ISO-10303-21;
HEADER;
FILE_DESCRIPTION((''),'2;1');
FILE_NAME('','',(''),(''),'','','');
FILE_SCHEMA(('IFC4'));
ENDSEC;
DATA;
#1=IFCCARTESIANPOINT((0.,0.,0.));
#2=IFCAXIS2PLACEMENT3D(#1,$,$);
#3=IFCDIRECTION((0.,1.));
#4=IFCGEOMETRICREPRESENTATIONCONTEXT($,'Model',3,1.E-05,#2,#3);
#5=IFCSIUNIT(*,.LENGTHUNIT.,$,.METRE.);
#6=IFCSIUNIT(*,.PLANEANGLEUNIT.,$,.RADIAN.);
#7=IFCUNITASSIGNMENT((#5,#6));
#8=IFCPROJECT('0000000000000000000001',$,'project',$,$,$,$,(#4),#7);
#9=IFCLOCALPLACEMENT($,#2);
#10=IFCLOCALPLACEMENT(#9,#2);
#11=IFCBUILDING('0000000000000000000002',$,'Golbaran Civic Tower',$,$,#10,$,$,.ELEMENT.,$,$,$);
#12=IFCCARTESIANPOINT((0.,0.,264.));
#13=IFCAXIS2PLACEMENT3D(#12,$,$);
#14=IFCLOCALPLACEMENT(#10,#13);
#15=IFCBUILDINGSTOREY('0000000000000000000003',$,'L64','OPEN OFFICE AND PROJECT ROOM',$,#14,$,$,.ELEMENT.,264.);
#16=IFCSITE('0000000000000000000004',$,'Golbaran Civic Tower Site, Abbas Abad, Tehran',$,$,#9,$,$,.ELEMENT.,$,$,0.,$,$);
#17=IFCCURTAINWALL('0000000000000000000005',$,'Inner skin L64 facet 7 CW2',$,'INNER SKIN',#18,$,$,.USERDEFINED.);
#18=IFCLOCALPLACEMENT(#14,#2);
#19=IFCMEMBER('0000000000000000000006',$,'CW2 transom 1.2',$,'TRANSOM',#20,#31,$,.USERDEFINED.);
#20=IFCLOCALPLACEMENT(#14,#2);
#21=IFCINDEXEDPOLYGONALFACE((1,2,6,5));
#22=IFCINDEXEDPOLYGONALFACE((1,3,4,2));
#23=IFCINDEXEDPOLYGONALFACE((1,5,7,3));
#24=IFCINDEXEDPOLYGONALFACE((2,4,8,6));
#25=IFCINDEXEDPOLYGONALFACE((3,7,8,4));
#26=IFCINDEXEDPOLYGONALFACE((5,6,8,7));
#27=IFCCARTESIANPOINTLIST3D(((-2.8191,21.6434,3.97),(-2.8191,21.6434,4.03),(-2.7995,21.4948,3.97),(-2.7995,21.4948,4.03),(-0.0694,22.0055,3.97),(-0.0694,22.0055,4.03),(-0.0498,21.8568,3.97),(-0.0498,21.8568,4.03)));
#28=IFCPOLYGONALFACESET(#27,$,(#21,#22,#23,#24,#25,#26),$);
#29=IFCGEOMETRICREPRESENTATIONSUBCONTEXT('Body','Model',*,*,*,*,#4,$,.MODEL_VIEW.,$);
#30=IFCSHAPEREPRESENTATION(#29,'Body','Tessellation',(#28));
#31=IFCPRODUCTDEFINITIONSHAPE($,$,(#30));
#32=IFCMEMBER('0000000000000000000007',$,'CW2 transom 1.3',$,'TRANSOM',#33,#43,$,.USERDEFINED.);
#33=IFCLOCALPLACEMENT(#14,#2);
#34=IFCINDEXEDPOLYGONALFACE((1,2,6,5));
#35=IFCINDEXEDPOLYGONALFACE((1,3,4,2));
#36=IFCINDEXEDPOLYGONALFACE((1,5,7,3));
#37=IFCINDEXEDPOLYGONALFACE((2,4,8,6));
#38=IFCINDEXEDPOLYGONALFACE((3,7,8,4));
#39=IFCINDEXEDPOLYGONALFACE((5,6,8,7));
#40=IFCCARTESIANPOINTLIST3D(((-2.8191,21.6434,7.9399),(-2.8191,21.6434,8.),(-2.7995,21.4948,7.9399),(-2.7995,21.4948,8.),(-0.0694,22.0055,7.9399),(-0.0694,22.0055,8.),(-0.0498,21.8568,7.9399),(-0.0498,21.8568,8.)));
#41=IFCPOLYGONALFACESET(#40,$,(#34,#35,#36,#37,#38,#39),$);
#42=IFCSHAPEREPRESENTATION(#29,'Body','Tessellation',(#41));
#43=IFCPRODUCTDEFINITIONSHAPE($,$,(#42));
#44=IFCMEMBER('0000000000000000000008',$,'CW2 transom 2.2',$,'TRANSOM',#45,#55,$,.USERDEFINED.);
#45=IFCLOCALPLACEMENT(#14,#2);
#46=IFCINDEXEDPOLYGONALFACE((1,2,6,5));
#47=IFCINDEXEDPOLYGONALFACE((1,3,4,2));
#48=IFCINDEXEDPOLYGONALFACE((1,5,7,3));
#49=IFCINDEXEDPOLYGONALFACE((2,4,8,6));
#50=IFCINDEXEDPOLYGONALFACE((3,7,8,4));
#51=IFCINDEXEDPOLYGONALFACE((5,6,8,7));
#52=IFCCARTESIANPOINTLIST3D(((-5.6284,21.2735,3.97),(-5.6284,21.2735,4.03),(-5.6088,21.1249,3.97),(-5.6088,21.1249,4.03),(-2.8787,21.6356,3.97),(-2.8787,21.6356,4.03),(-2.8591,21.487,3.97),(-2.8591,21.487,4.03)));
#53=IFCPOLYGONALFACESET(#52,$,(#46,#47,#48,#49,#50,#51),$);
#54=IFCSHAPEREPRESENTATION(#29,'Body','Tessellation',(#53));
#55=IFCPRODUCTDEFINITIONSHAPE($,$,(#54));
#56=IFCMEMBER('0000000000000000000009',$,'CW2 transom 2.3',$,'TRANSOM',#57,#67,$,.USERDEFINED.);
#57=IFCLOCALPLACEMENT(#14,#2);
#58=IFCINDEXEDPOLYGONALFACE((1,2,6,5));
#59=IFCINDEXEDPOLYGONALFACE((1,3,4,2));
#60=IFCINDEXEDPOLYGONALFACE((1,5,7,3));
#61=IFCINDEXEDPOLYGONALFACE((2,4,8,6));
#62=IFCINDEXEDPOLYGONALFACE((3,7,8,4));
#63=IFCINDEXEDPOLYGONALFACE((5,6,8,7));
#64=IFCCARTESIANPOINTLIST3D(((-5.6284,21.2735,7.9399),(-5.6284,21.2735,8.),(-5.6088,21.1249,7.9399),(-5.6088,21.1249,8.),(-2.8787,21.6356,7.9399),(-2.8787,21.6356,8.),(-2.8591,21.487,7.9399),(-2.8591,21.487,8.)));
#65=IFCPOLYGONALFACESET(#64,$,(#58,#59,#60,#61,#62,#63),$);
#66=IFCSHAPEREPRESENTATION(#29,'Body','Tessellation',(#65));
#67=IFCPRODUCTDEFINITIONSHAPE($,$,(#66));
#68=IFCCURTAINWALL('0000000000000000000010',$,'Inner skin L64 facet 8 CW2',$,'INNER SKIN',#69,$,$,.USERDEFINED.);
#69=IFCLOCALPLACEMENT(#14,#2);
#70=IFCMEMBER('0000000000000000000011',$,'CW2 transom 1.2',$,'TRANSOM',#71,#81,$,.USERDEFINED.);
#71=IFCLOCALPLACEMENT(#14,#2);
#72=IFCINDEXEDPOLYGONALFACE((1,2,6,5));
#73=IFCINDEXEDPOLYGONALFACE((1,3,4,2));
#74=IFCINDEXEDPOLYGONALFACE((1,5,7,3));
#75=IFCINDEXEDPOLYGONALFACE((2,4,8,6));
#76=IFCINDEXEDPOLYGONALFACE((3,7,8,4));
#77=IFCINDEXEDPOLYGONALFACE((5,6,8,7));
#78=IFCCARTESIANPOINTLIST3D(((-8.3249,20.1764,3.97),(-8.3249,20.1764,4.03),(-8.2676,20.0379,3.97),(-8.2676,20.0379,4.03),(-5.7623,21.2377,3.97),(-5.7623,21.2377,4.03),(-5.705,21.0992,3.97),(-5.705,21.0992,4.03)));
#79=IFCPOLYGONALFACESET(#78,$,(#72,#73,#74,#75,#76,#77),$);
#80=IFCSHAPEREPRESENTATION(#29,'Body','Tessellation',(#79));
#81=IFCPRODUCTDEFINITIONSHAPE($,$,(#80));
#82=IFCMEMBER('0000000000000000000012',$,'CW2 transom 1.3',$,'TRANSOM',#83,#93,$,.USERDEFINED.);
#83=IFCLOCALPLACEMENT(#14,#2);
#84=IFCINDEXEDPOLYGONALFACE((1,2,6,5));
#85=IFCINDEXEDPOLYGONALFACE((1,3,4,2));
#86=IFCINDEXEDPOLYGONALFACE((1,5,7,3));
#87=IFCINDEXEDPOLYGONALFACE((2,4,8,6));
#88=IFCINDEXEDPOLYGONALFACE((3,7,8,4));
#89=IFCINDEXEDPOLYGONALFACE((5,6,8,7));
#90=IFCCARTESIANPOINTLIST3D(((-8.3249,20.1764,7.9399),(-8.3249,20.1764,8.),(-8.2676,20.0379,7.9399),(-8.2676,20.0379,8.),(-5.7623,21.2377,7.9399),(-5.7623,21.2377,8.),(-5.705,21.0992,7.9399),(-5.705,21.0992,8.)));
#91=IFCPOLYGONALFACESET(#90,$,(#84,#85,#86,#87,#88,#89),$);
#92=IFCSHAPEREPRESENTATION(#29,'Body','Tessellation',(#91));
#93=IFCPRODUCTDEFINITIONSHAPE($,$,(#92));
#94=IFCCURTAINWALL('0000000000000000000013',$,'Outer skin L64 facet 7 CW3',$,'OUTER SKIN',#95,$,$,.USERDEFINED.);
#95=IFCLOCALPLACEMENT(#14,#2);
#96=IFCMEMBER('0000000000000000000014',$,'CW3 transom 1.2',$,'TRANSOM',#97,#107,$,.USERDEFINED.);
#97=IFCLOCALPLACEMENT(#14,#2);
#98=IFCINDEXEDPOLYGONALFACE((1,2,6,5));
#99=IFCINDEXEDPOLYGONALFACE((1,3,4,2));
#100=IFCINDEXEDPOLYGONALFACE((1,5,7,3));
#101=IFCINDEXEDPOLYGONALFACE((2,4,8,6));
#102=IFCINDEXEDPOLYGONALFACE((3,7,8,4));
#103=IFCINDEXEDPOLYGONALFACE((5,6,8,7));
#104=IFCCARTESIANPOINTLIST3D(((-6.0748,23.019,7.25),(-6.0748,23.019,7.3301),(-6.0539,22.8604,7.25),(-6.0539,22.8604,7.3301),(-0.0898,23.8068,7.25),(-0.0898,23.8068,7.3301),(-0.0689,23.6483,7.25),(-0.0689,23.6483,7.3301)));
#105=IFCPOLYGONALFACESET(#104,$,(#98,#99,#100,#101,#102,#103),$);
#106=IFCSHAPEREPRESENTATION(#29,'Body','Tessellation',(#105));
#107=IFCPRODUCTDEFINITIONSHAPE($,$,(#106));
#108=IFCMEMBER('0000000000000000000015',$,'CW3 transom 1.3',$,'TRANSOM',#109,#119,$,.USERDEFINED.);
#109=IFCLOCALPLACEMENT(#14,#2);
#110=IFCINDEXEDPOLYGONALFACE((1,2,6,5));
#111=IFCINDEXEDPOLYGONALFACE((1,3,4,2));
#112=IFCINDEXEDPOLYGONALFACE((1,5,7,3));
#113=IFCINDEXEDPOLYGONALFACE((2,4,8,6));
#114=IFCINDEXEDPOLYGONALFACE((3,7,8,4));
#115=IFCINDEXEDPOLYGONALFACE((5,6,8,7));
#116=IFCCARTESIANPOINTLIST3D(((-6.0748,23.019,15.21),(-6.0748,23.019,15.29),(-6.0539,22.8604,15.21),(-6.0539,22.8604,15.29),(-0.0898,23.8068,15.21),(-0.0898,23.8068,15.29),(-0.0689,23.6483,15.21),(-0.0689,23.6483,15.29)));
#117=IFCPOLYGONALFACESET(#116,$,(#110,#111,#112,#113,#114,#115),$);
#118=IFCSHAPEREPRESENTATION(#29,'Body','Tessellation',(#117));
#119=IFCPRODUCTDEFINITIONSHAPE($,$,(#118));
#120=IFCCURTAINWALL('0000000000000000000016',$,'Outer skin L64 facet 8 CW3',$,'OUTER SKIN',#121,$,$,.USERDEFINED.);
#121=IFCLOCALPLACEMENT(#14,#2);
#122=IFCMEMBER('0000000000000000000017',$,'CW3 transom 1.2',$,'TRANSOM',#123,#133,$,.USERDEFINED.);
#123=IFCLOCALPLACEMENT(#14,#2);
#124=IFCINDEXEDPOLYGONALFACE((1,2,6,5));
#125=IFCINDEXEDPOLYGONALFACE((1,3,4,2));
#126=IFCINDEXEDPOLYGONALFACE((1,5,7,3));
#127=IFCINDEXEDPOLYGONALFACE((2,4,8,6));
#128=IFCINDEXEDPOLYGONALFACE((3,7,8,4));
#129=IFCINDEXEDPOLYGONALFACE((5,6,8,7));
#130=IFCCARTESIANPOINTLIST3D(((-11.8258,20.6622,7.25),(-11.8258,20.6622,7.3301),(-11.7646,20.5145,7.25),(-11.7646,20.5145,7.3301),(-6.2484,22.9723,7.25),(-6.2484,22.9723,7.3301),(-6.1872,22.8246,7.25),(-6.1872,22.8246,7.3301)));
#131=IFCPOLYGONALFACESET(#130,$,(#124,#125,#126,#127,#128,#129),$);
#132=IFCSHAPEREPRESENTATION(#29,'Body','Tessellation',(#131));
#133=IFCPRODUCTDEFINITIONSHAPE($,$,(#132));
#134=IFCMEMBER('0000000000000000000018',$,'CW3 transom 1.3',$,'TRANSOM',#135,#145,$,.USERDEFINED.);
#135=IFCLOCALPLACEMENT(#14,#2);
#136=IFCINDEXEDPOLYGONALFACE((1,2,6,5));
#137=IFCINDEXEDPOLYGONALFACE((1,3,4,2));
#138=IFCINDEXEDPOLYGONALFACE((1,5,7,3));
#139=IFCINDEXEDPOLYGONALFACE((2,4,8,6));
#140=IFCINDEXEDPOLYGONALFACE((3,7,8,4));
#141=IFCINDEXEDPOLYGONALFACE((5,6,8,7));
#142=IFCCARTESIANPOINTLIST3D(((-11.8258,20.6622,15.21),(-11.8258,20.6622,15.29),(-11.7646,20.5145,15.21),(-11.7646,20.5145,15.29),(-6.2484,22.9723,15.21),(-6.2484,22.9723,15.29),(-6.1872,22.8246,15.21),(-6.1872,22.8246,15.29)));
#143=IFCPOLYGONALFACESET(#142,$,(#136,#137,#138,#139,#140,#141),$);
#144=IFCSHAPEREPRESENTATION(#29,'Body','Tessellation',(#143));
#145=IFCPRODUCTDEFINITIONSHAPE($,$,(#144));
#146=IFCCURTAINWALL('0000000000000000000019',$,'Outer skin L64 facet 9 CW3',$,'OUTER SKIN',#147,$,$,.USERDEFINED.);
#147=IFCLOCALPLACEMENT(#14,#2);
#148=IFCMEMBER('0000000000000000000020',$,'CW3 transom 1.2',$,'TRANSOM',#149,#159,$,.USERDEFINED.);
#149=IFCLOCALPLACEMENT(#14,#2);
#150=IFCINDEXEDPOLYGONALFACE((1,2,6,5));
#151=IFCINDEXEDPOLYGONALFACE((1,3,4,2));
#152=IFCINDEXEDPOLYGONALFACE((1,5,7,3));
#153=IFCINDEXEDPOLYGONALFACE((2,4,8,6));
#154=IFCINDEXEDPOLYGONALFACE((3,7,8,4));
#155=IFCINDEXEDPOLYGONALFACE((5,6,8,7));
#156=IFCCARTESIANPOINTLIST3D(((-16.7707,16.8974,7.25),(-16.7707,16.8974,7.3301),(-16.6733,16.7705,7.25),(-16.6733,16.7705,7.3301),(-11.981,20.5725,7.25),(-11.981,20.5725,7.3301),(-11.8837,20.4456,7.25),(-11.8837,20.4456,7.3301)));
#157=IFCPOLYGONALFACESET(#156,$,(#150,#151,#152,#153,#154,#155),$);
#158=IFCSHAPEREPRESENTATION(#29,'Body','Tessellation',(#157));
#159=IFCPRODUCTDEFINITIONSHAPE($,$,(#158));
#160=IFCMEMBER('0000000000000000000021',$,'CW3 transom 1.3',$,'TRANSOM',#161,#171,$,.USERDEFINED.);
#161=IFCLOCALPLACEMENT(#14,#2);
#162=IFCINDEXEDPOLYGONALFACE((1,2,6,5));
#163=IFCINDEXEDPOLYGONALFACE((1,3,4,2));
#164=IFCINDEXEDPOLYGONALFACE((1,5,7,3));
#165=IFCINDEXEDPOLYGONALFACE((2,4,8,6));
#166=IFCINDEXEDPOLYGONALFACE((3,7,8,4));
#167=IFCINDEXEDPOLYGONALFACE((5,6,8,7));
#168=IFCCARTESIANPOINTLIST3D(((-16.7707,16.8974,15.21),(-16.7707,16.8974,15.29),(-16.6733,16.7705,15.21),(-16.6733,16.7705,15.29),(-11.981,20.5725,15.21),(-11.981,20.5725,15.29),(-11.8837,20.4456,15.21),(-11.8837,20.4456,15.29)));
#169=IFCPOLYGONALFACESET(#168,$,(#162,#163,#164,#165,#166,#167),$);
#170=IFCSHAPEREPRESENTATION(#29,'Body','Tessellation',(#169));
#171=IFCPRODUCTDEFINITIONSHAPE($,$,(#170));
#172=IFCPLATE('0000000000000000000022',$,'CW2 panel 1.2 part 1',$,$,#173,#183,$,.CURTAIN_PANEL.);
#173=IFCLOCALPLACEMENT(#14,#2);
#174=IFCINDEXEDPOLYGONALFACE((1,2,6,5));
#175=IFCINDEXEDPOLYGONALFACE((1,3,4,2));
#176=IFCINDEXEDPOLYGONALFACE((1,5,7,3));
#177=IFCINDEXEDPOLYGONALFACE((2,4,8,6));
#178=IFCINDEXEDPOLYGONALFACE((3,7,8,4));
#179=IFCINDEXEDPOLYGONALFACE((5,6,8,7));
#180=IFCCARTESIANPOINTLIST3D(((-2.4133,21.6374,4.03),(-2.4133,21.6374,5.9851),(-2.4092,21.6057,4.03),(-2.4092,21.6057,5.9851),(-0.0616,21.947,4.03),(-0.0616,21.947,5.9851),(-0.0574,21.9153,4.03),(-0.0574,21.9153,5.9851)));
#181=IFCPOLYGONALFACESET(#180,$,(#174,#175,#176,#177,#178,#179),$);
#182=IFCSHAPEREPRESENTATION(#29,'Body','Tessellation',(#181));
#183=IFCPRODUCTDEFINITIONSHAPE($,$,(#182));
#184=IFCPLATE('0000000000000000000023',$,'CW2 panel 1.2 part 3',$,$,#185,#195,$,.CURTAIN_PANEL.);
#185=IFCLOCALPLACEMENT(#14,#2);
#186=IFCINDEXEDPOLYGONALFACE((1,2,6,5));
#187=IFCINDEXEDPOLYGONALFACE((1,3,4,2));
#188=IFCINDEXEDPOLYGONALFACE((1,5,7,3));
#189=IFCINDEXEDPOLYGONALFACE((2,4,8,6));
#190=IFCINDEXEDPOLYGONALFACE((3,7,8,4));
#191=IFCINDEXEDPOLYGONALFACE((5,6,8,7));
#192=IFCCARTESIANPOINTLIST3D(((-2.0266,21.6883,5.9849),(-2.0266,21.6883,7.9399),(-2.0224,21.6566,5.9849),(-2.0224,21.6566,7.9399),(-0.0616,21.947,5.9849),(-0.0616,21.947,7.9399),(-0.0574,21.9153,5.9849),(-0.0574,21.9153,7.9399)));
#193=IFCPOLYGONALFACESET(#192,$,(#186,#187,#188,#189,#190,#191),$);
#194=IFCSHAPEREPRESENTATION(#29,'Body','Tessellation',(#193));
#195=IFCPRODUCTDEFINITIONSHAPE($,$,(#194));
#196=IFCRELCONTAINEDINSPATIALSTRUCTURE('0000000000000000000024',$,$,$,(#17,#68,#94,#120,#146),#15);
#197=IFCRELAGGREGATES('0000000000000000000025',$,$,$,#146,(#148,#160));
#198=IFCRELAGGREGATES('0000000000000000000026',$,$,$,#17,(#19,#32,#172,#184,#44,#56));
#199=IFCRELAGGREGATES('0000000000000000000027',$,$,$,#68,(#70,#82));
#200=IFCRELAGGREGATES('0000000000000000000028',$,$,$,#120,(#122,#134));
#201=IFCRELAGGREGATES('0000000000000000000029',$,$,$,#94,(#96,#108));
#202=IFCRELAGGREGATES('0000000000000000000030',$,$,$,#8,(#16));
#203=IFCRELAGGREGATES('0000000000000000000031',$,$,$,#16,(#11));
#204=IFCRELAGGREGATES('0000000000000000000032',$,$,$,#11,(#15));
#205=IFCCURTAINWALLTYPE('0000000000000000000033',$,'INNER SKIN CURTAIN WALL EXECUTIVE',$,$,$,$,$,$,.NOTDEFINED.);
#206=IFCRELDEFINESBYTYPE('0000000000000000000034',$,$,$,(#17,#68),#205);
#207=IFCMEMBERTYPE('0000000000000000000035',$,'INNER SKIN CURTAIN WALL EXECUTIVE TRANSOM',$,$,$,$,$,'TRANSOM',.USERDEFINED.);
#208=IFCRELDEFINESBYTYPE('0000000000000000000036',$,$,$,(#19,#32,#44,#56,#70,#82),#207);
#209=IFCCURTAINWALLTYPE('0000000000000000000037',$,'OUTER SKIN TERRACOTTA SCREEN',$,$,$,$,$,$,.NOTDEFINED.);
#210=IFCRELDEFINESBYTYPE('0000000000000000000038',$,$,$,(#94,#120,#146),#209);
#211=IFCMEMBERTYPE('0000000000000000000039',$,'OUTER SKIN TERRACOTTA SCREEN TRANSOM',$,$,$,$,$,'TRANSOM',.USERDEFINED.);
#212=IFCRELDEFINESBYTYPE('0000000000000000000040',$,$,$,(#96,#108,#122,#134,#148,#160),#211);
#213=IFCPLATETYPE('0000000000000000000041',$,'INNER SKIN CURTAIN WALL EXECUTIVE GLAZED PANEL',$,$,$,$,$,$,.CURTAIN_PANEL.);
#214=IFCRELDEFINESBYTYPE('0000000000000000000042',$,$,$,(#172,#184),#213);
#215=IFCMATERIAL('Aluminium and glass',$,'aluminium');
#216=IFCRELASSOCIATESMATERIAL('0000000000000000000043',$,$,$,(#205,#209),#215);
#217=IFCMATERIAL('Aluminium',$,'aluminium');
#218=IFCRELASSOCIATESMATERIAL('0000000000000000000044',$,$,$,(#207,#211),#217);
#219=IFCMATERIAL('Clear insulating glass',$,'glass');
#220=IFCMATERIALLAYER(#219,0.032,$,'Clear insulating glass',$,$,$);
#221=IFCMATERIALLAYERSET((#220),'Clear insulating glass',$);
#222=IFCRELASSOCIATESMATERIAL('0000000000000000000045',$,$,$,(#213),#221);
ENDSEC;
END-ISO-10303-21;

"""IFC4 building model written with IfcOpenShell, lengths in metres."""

from ifc_helpers import new_model, si_unit, direction, frame, origin, origin_2d, place, context, subcontext, project, spatial, rectangle, extrude, material, layer, layer_set, material_profile, profile_set, type_object, element, aggregate, save


model = new_model("IFC4")

# Units and contexts
model_context = context("Model", 3, precision=1e-05, world=origin(), true_north=direction((0.0, 1.0)))
body_context = subcontext(model_context, "Body", "Model", "MODEL_VIEW")
ifc_project = project(units=[si_unit("LENGTHUNIT", "METRE"), si_unit("PLANEANGLEUNIT", "RADIAN")], contexts=[model_context])

# Site, building, storey
site_placement = place(None, origin())
site = spatial("IfcSite", under=ifc_project, at=site_placement, Name="Golbaran Civic Tower Site, Abbas Abad, Tehran", CompositionType="ELEMENT", RefElevation=0.0)
building_placement = place(site_placement, origin())
building = spatial("IfcBuilding", under=site, at=building_placement, Name="Golbaran Civic Tower", CompositionType="ELEMENT")
storey_placement = place(building_placement, frame((0.0, 0.0, 264.0)))
storey = spatial("IfcBuildingStorey", under=building, at=storey_placement, Name="L64", Description="OPEN OFFICE AND PROJECT ROOM", CompositionType="ELEMENT", Elevation=264.0)

# Curtain walls, members
ifc_material_1 = material(Name="Aluminium and glass", Category="aluminium")
curtain_wall_type_1 = type_object("IfcCurtainWallType", Name="INNER SKIN CURTAIN WALL EXECUTIVE", PredefinedType="NOTDEFINED", material=ifc_material_1)
curtain_wall_1_placement = place(storey_placement, origin())
curtain_wall_1 = element("IfcCurtainWall", 1, at=curtain_wall_1_placement, inside=storey, type_object=curtain_wall_type_1, Name="Inner skin L64 facet 7 CW2", ObjectType="INNER SKIN", PredefinedType="USERDEFINED")
ifc_material_2 = material(Name="Aluminium", Category="aluminium")
ifc_material_profile_1 = material_profile(ifc_material_2, rectangle(XDim=0.1499, YDim=0.0601, at=origin_2d()), Name="INNER SKIN CURTAIN WALL EXECUTIVE TRANSOM")
ifc_profile_set_1 = profile_set([ifc_material_profile_1], Name="Aluminium")
member_type_1 = type_object("IfcMemberType", Name="INNER SKIN CURTAIN WALL EXECUTIVE TRANSOM", ElementType="TRANSOM", PredefinedType="USERDEFINED", material=ifc_profile_set_1)
member_1_placement = place(storey_placement, frame((-0.0596, 21.9312, 4.0), z_axis=(-0.991443, -0.130543, 0.0), x_axis=(0.130543, -0.991443, 0.0)))
member_1 = element("IfcMember", 2, at=member_1_placement, type_object=member_type_1, Name="CW2 transom 1.2", ObjectType="TRANSOM", PredefinedType="USERDEFINED", context=body_context, shape_type="SweptSolid", body=[
    extrude(rectangle(XDim=0.1499, YDim=0.0601, at=origin_2d()), origin(), (0.0, 0.0, 1.0), 2.7734),
])
member_2_placement = place(storey_placement, frame((-0.0596, 21.9312, 7.97), z_axis=(-0.991443, -0.130543, 0.0), x_axis=(0.130543, -0.991443, 0.0)))
member_2 = element("IfcMember", 3, at=member_2_placement, type_object=member_type_1, Name="CW2 transom 1.3", ObjectType="TRANSOM", PredefinedType="USERDEFINED", context=body_context, shape_type="SweptSolid", body=[
    extrude(rectangle(XDim=0.1499, YDim=0.0601, at=origin_2d()), origin(), (0.0, 0.0, 1.0), 2.7734),
])
member_3_placement = place(storey_placement, frame((-2.8689, 21.5613, 4.0), z_axis=(-0.991443, -0.130543, 0.0), x_axis=(0.130543, -0.991443, 0.0)))
member_3 = element("IfcMember", 4, at=member_3_placement, type_object=member_type_1, Name="CW2 transom 2.2", ObjectType="TRANSOM", PredefinedType="USERDEFINED", context=body_context, shape_type="SweptSolid", body=[
    extrude(rectangle(XDim=0.1499, YDim=0.0601, at=origin_2d()), origin(), (0.0, 0.0, 1.0), 2.7734),
])
member_4_placement = place(storey_placement, frame((-2.8689, 21.5613, 7.97), z_axis=(-0.991443, -0.130543, 0.0), x_axis=(0.130543, -0.991443, 0.0)))
member_4 = element("IfcMember", 5, at=member_4_placement, type_object=member_type_1, Name="CW2 transom 2.3", ObjectType="TRANSOM", PredefinedType="USERDEFINED", context=body_context, shape_type="SweptSolid", body=[
    extrude(rectangle(XDim=0.1499, YDim=0.0601, at=origin_2d()), origin(), (0.0, 0.0, 1.0), 2.7734),
])
curtain_wall_2_placement = place(storey_placement, origin())
curtain_wall_2 = element("IfcCurtainWall", 6, at=curtain_wall_2_placement, inside=storey, type_object=curtain_wall_type_1, Name="Inner skin L64 facet 8 CW2", ObjectType="INNER SKIN", PredefinedType="USERDEFINED")
member_5_placement = place(storey_placement, frame((-5.7336, 21.1685, 4.0), z_axis=(-0.923898, -0.382639, 0.0), x_axis=(0.382639, -0.923898, 0.0)))
member_5 = element("IfcMember", 7, at=member_5_placement, type_object=member_type_1, Name="CW2 transom 1.2", ObjectType="TRANSOM", PredefinedType="USERDEFINED", context=body_context, shape_type="SweptSolid", body=[
    extrude(rectangle(XDim=0.1499, YDim=0.0601, at=origin_2d()), origin(), (0.0, 0.0, 1.0), 2.7737),
])
member_6_placement = place(storey_placement, frame((-5.7336, 21.1685, 7.97), z_axis=(-0.923898, -0.382639, 0.0), x_axis=(0.382639, -0.923898, 0.0)))
member_6 = element("IfcMember", 8, at=member_6_placement, type_object=member_type_1, Name="CW2 transom 1.3", ObjectType="TRANSOM", PredefinedType="USERDEFINED", context=body_context, shape_type="SweptSolid", body=[
    extrude(rectangle(XDim=0.1499, YDim=0.0601, at=origin_2d()), origin(), (0.0, 0.0, 1.0), 2.7737),
])
curtain_wall_type_2 = type_object("IfcCurtainWallType", Name="OUTER SKIN TERRACOTTA SCREEN", PredefinedType="NOTDEFINED", material=ifc_material_1)
curtain_wall_3_placement = place(storey_placement, origin())
curtain_wall_3 = element("IfcCurtainWall", 9, at=curtain_wall_3_placement, inside=storey, type_object=curtain_wall_type_2, Name="Outer skin L64 facet 7 CW3", ObjectType="OUTER SKIN", PredefinedType="USERDEFINED")
ifc_material_profile_2 = material_profile(ifc_material_2, rectangle(XDim=0.1599, YDim=0.0801, at=origin_2d()), Name="OUTER SKIN TERRACOTTA SCREEN TRANSOM")
ifc_profile_set_2 = profile_set([ifc_material_profile_2], Name="Aluminium")
member_type_2 = type_object("IfcMemberType", Name="OUTER SKIN TERRACOTTA SCREEN TRANSOM", ElementType="TRANSOM", PredefinedType="USERDEFINED", material=ifc_profile_set_2)
member_7_placement = place(storey_placement, frame((-0.0793, 23.7275, 7.29), z_axis=(-0.991447, -0.130508, 0.0), x_axis=(0.130508, -0.991447, 0.0)))
member_7 = element("IfcMember", 10, at=member_7_placement, type_object=member_type_2, Name="CW3 transom 1.2", ObjectType="TRANSOM", PredefinedType="USERDEFINED", context=body_context, shape_type="SweptSolid", body=[
    extrude(rectangle(XDim=0.1599, YDim=0.0801, at=origin_2d()), origin(), (0.0, 0.0, 1.0), 6.0366),
])
member_8_placement = place(storey_placement, frame((-0.0793, 23.7275, 15.25), z_axis=(-0.991447, -0.130508, 0.0), x_axis=(0.130508, -0.991447, 0.0)))
member_8 = element("IfcMember", 11, at=member_8_placement, type_object=member_type_2, Name="CW3 transom 1.3", ObjectType="TRANSOM", PredefinedType="USERDEFINED", context=body_context, shape_type="SweptSolid", body=[
    extrude(rectangle(XDim=0.1599, YDim=0.0801, at=origin_2d()), origin(), (0.0, 0.0, 1.0), 6.0366),
])
curtain_wall_4_placement = place(storey_placement, origin())
curtain_wall_4 = element("IfcCurtainWall", 12, at=curtain_wall_4_placement, inside=storey, type_object=curtain_wall_type_2, Name="Outer skin L64 facet 8 CW3", ObjectType="OUTER SKIN", PredefinedType="USERDEFINED")
member_9_placement = place(storey_placement, frame((-6.2178, 22.8984, 7.29), z_axis=(-0.92389, -0.382659, 0.0), x_axis=(0.382659, -0.92389, 0.0)))
member_9 = element("IfcMember", 13, at=member_9_placement, type_object=member_type_2, Name="CW3 transom 1.2", ObjectType="TRANSOM", PredefinedType="USERDEFINED", context=body_context, shape_type="SweptSolid", body=[
    extrude(rectangle(XDim=0.1599, YDim=0.0801, at=origin_2d()), origin(), (0.0, 0.0, 1.0), 6.0369),
])
member_10_placement = place(storey_placement, frame((-6.2178, 22.8984, 15.25), z_axis=(-0.92389, -0.382659, 0.0), x_axis=(0.382659, -0.92389, 0.0)))
member_10 = element("IfcMember", 14, at=member_10_placement, type_object=member_type_2, Name="CW3 transom 1.3", ObjectType="TRANSOM", PredefinedType="USERDEFINED", context=body_context, shape_type="SweptSolid", body=[
    extrude(rectangle(XDim=0.1599, YDim=0.0801, at=origin_2d()), origin(), (0.0, 0.0, 1.0), 6.0369),
])
curtain_wall_5_placement = place(storey_placement, origin())
curtain_wall_5 = element("IfcCurtainWall", 15, at=curtain_wall_5_placement, inside=storey, type_object=curtain_wall_type_2, Name="Outer skin L64 facet 9 CW3", ObjectType="OUTER SKIN", PredefinedType="USERDEFINED")
member_11_placement = place(storey_placement, frame((-11.9324, 20.509, 7.29), z_axis=(-0.793362, -0.608751, 0.0), x_axis=(0.608751, -0.793362, 0.0)))
member_11 = element("IfcMember", 16, at=member_11_placement, type_object=member_type_2, Name="CW3 transom 1.2", ObjectType="TRANSOM", PredefinedType="USERDEFINED", context=body_context, shape_type="SweptSolid", body=[
    extrude(rectangle(XDim=0.1599, YDim=0.0801, at=origin_2d()), origin(), (0.0, 0.0, 1.0), 6.0371),
])
member_12_placement = place(storey_placement, frame((-11.9324, 20.509, 15.25), z_axis=(-0.793362, -0.608751, 0.0), x_axis=(0.608751, -0.793362, 0.0)))
member_12 = element("IfcMember", 17, at=member_12_placement, type_object=member_type_2, Name="CW3 transom 1.3", ObjectType="TRANSOM", PredefinedType="USERDEFINED", context=body_context, shape_type="SweptSolid", body=[
    extrude(rectangle(XDim=0.1599, YDim=0.0801, at=origin_2d()), origin(), (0.0, 0.0, 1.0), 6.0371),
])
aggregate(curtain_wall_5, [member_11, member_12])

# Plates
ifc_material_3 = material(Name="Clear insulating glass", Category="glass")
ifc_layer_1 = layer(ifc_material_3, 0.032, Name="Clear insulating glass")
ifc_layer_set_1 = layer_set([ifc_layer_1], Name="Clear insulating glass")
plate_type_1 = type_object("IfcPlateType", Name="INNER SKIN CURTAIN WALL EXECUTIVE GLAZED PANEL", PredefinedType="CURTAIN_PANEL", material=ifc_layer_set_1)
plate_1_placement = place(storey_placement, frame((-1.2354, 21.7764, 4.03), z_axis=(0.0, 0.0, 1.0), x_axis=(-0.991445, -0.130526, 0.0)))
plate_1 = element("IfcPlate", 18, at=plate_1_placement, type_object=plate_type_1, Name="CW2 panel 1.2 part 1", PredefinedType="CURTAIN_PANEL", context=body_context, shape_type="SweptSolid", body=[
    extrude(rectangle(XDim=2.3721, YDim=0.032, at=origin_2d()), origin(), (0.0, 0.0, 1.0), 1.9551),
])
plate_2_placement = place(storey_placement, frame((-1.042, 21.8018, 5.9849), z_axis=(0.0, 0.0, 1.0), x_axis=(-0.991445, -0.130526, 0.0)))
plate_2 = element("IfcPlate", 19, at=plate_2_placement, type_object=plate_type_1, Name="CW2 panel 1.2 part 3", PredefinedType="CURTAIN_PANEL", context=body_context, shape_type="SweptSolid", body=[
    extrude(rectangle(XDim=1.9819, YDim=0.032, at=origin_2d()), origin(), (0.0, 0.0, 1.0), 1.9551),
])
aggregate(curtain_wall_1, [member_1, member_2, plate_1, plate_2, member_3, member_4])
aggregate(curtain_wall_2, [member_5, member_6])
aggregate(curtain_wall_4, [member_9, member_10])
aggregate(curtain_wall_3, [member_7, member_8])

save(model, "model.ifc")
